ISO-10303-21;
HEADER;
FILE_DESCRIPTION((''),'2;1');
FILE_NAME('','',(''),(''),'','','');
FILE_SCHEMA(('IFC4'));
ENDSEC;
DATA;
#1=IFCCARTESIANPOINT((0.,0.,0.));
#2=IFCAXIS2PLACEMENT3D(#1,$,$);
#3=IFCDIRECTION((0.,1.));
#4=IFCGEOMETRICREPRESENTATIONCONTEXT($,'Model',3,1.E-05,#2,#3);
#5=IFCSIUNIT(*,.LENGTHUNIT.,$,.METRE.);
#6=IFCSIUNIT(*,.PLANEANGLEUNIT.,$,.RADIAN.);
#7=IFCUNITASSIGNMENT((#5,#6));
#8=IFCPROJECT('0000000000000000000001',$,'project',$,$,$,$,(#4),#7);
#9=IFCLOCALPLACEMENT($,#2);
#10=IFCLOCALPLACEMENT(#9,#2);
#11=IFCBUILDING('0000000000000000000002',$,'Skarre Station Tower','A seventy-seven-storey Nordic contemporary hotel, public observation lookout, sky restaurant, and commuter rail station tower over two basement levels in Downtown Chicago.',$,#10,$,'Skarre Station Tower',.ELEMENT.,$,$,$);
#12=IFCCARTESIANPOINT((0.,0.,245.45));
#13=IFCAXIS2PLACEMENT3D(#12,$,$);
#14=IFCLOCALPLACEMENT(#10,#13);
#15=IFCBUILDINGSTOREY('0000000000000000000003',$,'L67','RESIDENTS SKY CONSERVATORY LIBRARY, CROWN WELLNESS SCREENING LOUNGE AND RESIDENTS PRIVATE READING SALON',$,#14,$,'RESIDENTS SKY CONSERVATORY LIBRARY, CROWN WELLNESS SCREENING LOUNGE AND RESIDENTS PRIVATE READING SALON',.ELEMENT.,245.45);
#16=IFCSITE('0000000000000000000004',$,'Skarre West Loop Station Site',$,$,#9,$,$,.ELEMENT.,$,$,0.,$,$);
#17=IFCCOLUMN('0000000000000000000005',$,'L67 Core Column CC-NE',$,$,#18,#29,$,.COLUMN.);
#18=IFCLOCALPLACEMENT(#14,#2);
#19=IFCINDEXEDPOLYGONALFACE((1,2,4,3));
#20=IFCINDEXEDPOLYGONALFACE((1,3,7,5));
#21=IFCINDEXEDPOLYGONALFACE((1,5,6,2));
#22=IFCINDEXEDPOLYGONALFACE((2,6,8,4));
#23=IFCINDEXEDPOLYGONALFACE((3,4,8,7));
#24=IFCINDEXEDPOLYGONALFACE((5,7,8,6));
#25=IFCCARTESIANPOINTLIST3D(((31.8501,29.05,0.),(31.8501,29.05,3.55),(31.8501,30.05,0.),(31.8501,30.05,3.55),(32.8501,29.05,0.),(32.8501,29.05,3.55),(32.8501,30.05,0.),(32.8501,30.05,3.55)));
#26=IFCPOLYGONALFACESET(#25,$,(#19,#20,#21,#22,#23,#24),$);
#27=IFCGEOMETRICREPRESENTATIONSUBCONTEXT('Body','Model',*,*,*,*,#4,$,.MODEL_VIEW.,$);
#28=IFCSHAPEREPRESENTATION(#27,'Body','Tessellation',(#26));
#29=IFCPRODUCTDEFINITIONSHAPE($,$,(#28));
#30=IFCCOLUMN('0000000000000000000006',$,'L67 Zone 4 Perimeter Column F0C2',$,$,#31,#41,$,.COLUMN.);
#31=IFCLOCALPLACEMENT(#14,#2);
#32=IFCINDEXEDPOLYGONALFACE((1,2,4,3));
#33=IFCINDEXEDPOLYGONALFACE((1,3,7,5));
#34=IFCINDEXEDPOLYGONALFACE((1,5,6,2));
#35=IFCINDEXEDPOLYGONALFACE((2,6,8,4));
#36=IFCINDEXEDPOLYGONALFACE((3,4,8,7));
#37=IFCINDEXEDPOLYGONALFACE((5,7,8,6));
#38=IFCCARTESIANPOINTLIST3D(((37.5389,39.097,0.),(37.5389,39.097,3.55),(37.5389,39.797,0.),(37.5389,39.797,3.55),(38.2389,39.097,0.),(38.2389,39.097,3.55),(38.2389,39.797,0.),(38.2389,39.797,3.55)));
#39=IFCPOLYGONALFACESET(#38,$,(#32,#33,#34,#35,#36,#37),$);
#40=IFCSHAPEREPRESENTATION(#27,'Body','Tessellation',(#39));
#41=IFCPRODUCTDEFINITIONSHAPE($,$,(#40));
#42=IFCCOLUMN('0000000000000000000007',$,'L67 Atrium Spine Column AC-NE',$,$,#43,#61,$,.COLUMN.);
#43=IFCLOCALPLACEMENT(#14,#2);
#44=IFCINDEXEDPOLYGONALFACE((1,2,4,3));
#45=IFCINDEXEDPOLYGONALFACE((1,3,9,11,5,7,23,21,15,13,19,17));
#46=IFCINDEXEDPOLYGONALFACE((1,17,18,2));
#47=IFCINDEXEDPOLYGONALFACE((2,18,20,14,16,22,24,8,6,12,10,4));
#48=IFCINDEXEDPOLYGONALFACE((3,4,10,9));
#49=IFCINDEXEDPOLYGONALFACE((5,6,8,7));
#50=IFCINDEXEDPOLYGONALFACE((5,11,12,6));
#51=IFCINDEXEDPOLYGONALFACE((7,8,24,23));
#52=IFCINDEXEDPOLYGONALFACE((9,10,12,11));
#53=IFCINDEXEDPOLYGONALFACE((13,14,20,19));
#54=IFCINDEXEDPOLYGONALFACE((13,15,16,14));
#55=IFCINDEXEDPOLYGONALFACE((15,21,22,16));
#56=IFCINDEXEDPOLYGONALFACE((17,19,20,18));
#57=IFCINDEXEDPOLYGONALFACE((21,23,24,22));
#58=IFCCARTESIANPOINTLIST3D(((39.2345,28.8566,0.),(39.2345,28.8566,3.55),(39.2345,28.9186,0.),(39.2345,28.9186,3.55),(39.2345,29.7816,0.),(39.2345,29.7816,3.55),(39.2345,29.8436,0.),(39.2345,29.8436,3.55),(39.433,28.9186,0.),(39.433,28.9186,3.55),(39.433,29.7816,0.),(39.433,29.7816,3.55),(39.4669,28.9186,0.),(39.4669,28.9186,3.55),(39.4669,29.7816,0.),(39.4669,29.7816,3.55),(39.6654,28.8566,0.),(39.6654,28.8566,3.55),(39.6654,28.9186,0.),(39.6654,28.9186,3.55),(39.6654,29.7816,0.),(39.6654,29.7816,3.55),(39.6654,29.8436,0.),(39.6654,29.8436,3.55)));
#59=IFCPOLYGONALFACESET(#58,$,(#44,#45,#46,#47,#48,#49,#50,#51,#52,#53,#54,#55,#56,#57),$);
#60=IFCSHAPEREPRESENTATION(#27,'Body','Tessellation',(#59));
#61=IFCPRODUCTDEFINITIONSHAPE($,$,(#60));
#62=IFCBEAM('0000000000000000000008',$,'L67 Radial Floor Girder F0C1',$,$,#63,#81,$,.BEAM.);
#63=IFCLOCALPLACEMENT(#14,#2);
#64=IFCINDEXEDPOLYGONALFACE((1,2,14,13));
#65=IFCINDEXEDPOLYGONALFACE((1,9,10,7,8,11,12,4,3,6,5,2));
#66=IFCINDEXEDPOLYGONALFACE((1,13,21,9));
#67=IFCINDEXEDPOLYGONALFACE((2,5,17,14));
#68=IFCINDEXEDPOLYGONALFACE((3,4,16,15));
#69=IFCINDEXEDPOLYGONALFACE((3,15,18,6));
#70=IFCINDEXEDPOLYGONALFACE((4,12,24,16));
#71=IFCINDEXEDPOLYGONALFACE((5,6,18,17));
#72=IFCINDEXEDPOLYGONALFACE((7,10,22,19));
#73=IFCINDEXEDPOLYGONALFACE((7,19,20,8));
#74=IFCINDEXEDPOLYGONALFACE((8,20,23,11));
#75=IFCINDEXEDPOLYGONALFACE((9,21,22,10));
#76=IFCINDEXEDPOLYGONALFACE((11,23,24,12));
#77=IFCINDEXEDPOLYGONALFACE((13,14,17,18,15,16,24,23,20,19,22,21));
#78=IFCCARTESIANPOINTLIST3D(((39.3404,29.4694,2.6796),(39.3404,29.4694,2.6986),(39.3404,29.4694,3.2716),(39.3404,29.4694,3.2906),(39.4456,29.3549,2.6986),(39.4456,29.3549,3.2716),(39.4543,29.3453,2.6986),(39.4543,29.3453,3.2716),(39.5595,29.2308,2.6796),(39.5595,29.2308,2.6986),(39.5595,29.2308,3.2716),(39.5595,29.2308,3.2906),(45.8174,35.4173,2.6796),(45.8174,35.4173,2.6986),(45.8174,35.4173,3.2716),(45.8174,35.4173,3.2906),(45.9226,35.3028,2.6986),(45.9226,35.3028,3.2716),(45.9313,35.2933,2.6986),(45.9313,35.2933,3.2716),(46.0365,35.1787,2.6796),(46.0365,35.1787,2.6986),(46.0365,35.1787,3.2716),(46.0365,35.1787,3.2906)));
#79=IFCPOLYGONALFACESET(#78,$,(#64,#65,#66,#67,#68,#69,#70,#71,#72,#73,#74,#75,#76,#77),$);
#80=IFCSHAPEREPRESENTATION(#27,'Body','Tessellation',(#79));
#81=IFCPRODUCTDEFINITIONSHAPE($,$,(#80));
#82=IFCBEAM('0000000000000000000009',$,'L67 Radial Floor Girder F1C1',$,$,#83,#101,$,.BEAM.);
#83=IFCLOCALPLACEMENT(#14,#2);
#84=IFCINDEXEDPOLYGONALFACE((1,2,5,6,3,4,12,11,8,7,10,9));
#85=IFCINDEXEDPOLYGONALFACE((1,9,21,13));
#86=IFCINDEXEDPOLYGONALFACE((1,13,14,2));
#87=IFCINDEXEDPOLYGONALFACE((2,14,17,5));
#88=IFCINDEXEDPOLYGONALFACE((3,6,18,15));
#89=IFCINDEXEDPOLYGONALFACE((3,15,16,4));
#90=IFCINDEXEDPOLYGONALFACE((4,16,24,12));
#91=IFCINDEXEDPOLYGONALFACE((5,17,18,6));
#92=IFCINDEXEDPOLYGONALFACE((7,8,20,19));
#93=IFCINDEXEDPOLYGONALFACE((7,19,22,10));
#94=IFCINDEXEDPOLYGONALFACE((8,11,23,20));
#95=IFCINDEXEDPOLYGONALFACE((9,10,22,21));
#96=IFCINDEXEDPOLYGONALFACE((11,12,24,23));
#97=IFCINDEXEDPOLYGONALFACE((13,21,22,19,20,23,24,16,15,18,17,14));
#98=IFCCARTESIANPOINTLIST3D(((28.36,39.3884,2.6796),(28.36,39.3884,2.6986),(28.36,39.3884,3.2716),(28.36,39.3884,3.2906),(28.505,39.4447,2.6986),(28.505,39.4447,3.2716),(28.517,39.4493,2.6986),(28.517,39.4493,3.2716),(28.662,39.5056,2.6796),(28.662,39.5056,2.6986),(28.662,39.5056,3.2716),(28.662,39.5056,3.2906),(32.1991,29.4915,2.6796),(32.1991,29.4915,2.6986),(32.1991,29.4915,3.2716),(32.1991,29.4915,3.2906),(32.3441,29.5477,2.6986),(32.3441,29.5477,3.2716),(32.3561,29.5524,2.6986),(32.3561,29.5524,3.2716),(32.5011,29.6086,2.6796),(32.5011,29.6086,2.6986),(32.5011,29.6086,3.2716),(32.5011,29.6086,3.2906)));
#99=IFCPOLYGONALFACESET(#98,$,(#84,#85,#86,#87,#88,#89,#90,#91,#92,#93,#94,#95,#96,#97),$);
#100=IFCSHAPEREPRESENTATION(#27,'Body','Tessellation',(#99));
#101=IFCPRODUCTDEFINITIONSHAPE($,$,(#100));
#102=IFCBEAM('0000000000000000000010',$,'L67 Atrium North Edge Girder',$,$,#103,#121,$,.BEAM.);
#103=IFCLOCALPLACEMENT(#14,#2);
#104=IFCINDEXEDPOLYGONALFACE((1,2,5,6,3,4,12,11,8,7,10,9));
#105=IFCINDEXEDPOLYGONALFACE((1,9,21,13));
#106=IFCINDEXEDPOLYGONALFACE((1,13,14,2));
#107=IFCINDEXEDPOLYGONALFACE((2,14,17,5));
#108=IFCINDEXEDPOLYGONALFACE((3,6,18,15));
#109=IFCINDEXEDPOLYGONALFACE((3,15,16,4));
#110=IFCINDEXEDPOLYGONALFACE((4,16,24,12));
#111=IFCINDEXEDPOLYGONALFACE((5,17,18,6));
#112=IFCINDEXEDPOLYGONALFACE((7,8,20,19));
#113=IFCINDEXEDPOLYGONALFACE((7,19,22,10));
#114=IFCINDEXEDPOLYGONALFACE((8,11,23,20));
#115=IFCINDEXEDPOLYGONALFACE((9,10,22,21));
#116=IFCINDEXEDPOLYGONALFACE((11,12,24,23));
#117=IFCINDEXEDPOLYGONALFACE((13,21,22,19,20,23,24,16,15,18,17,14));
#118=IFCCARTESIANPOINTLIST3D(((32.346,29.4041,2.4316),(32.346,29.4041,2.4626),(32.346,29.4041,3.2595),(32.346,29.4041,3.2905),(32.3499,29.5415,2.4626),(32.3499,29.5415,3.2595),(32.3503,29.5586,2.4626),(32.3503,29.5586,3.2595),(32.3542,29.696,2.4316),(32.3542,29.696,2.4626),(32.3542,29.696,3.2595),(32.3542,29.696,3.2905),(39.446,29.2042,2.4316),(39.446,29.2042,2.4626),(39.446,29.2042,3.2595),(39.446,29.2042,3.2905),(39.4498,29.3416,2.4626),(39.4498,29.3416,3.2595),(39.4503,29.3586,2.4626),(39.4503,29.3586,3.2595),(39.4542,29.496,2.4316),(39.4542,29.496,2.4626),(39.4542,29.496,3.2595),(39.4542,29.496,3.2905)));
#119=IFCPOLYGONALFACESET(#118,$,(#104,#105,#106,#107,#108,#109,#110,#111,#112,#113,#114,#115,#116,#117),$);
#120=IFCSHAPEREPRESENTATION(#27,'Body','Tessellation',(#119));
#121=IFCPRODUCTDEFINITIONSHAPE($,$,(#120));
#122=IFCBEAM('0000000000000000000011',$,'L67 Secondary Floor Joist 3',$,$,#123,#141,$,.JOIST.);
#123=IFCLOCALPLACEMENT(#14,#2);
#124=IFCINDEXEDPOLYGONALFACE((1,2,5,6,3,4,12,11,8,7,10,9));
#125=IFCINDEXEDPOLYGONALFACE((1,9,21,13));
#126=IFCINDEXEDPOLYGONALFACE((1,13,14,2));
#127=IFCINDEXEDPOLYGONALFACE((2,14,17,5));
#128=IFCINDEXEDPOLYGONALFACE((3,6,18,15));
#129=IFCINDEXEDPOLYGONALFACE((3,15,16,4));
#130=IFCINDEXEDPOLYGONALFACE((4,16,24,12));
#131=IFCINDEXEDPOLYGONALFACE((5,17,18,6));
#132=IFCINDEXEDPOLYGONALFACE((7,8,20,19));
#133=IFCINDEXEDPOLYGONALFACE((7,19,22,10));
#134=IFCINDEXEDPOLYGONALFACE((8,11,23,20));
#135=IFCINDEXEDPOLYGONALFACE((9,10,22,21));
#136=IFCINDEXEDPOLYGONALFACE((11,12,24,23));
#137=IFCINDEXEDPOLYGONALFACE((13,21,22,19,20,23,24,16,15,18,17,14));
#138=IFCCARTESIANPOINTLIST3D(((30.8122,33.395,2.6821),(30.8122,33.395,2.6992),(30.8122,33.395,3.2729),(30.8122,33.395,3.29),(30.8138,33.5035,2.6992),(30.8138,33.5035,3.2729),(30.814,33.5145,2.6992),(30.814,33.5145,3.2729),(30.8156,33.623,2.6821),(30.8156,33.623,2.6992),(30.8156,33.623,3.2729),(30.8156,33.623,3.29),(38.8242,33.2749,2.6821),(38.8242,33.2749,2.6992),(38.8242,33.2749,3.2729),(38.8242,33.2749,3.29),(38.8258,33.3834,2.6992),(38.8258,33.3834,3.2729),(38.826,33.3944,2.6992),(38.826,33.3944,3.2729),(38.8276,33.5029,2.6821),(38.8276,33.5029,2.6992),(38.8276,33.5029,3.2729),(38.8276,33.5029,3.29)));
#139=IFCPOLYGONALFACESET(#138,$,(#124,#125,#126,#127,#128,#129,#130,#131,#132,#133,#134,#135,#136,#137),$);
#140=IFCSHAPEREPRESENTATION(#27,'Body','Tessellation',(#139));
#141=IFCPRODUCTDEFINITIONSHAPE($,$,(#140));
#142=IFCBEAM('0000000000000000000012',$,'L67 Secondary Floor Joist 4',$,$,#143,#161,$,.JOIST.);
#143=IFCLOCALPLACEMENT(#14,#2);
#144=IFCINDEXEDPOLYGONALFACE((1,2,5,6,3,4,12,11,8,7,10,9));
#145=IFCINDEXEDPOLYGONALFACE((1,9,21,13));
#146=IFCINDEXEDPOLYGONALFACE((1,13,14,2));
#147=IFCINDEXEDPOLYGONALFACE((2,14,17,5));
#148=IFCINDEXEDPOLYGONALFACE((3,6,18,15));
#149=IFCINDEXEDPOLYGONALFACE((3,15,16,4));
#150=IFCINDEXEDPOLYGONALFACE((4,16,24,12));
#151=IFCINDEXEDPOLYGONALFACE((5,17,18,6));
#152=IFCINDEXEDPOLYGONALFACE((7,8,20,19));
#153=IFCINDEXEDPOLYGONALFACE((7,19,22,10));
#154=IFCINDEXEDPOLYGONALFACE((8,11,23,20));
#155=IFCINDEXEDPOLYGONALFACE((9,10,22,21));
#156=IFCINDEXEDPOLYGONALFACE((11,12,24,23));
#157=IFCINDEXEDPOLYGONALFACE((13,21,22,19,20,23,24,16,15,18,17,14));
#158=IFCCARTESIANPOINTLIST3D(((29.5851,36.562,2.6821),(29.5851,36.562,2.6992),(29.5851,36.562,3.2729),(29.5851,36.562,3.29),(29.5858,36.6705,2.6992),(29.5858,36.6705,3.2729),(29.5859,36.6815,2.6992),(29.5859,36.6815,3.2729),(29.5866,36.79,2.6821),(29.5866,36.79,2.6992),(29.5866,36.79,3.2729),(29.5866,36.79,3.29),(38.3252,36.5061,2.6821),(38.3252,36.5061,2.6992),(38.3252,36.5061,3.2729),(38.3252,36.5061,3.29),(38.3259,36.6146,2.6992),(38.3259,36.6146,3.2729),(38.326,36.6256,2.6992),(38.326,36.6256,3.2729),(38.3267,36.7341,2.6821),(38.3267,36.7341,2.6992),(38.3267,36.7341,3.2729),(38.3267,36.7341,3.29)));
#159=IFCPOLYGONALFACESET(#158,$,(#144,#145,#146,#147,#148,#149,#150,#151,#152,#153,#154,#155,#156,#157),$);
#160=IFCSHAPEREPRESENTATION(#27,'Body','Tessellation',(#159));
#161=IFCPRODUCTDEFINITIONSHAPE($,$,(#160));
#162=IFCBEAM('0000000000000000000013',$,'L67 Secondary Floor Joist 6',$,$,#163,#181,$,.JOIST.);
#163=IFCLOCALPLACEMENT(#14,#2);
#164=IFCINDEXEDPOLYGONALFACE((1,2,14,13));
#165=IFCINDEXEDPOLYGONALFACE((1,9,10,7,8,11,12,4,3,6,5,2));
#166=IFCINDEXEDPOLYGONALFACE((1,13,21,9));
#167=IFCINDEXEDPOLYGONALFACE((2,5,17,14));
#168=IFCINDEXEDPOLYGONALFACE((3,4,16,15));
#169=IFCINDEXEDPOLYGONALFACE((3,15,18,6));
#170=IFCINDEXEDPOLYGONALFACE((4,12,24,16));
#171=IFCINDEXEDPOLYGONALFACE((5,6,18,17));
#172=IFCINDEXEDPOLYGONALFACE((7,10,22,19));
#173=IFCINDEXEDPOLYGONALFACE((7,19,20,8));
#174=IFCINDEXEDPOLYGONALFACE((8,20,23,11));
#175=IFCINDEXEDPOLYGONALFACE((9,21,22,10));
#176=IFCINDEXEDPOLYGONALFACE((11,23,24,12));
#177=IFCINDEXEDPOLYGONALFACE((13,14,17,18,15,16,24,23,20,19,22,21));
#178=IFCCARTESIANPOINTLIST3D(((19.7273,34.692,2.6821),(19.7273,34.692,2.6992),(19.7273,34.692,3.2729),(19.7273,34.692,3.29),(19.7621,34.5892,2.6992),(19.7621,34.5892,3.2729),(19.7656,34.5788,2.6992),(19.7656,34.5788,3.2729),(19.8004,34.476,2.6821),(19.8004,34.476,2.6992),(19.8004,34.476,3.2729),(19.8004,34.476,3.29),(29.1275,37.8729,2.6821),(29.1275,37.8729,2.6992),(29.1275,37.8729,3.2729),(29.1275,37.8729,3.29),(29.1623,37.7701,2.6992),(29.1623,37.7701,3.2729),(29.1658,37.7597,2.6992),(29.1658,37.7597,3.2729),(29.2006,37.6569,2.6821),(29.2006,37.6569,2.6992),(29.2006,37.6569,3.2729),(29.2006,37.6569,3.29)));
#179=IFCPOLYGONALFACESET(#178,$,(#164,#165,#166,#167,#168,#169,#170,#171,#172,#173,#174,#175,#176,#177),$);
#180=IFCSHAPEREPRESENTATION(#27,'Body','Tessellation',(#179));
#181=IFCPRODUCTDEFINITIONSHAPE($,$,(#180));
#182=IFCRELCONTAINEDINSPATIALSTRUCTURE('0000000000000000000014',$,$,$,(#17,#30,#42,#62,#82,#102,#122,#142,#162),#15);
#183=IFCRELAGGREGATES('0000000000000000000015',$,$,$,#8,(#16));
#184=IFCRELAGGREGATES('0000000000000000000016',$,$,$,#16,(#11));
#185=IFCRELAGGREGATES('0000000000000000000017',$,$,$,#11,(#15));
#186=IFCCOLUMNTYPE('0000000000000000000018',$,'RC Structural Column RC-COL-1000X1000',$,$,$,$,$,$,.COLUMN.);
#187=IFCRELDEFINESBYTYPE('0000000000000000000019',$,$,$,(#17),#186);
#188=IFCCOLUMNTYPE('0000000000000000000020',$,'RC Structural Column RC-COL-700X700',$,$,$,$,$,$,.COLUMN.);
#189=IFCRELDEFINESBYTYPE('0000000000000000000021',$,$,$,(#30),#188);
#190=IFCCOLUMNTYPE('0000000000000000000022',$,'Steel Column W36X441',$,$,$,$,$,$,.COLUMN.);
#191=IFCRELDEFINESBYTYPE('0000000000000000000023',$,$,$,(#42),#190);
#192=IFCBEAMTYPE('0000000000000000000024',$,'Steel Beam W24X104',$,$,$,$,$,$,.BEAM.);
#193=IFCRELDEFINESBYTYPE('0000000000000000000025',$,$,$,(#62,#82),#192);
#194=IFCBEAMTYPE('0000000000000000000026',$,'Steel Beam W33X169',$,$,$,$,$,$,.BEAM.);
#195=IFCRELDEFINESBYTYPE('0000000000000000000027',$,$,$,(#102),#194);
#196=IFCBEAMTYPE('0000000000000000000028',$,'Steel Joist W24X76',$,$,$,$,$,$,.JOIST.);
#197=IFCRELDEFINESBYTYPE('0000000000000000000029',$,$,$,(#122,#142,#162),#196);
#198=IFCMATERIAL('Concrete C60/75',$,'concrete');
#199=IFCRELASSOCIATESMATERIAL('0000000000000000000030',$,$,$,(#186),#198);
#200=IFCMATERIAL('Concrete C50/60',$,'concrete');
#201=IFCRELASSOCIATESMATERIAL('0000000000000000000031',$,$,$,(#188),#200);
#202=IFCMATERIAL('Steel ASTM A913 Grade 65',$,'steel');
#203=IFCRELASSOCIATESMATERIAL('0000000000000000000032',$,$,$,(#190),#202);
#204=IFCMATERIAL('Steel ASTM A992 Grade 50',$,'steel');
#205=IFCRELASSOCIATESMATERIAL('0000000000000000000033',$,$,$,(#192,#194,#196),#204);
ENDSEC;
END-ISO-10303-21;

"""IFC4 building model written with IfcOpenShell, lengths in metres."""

from ifc_helpers import new_model, si_unit, direction, frame, origin, origin_2d, place, context, subcontext, project, spatial, rectangle, i_section, extrude, material, material_profile, profile_set, type_object, element, save


model = new_model("IFC4")

# Units and contexts
model_context = context("Model", 3, precision=1e-05, world=origin(), true_north=direction((0.0, 1.0)))
body_context = subcontext(model_context, "Body", "Model", "MODEL_VIEW")
ifc_project = project(units=[si_unit("LENGTHUNIT", "METRE"), si_unit("PLANEANGLEUNIT", "RADIAN")], contexts=[model_context])

# Site, building, storey
site_placement = place(None, origin())
site = spatial("IfcSite", under=ifc_project, at=site_placement, Name="Skarre West Loop Station Site", CompositionType="ELEMENT", RefElevation=0.0)
building_placement = place(site_placement, origin())
building = spatial("IfcBuilding", under=site, at=building_placement, Name="Skarre Station Tower", Description="A seventy-seven-storey Nordic contemporary hotel, public observation lookout, sky restaurant, and commuter rail station tower over two basement levels in Downtown Chicago.", LongName="Skarre Station Tower", CompositionType="ELEMENT")
storey_placement = place(building_placement, frame((0.0, 0.0, 245.45)))
storey = spatial("IfcBuildingStorey", under=building, at=storey_placement, Name="L67", Description="RESIDENTS SKY CONSERVATORY LIBRARY, CROWN WELLNESS SCREENING LOUNGE AND RESIDENTS PRIVATE READING SALON", LongName="RESIDENTS SKY CONSERVATORY LIBRARY, CROWN WELLNESS SCREENING LOUNGE AND RESIDENTS PRIVATE READING SALON", CompositionType="ELEMENT", Elevation=245.45)

# Columns
ifc_material_1 = material(Name="Concrete C60/75", Category="concrete")
ifc_material_profile_1 = material_profile(ifc_material_1, rectangle(XDim=1.0, YDim=1.0, at=origin_2d()), Name="Concrete C60/75")
ifc_profile_set_1 = profile_set([ifc_material_profile_1], Name="Concrete C60/75")
column_type_1 = type_object("IfcColumnType", Name="RC Structural Column RC-COL-1000X1000", PredefinedType="COLUMN", material=ifc_profile_set_1)
column_1_placement = place(storey_placement, frame((32.3501, 29.55, 0.0), z_axis=(0.0, 0.0, 1.0), x_axis=(1.0, 0.0, 0.0)))
element("IfcColumn", 1, at=column_1_placement, inside=storey, type_object=column_type_1, Name="L67 Core Column CC-NE", PredefinedType="COLUMN", context=body_context, shape_type="SweptSolid", body=[
    extrude(rectangle(XDim=1.0, YDim=1.0, at=origin_2d()), origin(), (0.0, 0.0, 1.0), 3.55),
])
ifc_material_2 = material(Name="Concrete C50/60", Category="concrete")
ifc_material_profile_2 = material_profile(ifc_material_2, rectangle(XDim=0.7, YDim=0.7, at=origin_2d()), Name="Concrete C50/60")
ifc_profile_set_2 = profile_set([ifc_material_profile_2], Name="Concrete C50/60")
column_type_2 = type_object("IfcColumnType", Name="RC Structural Column RC-COL-700X700", PredefinedType="COLUMN", material=ifc_profile_set_2)
column_2_placement = place(storey_placement, frame((37.8889, 39.447, 0.0), z_axis=(0.0, 0.0, 1.0), x_axis=(1.0, 0.0, 0.0)))
element("IfcColumn", 2, at=column_2_placement, inside=storey, type_object=column_type_2, Name="L67 Zone 4 Perimeter Column F0C2", PredefinedType="COLUMN", context=body_context, shape_type="SweptSolid", body=[
    extrude(rectangle(XDim=0.7, YDim=0.7, at=origin_2d()), origin(), (0.0, 0.0, 1.0), 3.55),
])
ifc_material_3 = material(Name="Steel ASTM A913 Grade 65", Category="steel")
ifc_material_profile_3 = material_profile(ifc_material_3, i_section(OverallWidth=0.4309, OverallDepth=0.9871, WebThickness=0.0339, FlangeThickness=0.062, at=origin_2d()), Name="Steel ASTM A913 Grade 65")
ifc_profile_set_3 = profile_set([ifc_material_profile_3], Name="Steel ASTM A913 Grade 65")
column_type_3 = type_object("IfcColumnType", Name="Steel Column W36X441", PredefinedType="COLUMN", material=ifc_profile_set_3)
column_3_placement = place(storey_placement, frame((39.45, 29.3501, 0.0), z_axis=(0.0, 0.0, 1.0), x_axis=(1.0, 0.0, 0.0)))
element("IfcColumn", 3, at=column_3_placement, inside=storey, type_object=column_type_3, Name="L67 Atrium Spine Column AC-NE", PredefinedType="COLUMN", context=body_context, shape_type="SweptSolid", body=[
    extrude(i_section(OverallWidth=0.4309, OverallDepth=0.9871, WebThickness=0.0339, FlangeThickness=0.062, at=origin_2d()), origin(), (0.0, 0.0, 1.0), 3.55),
])

# Beams
ifc_material_4 = material(Name="Steel ASTM A992 Grade 50", Category="steel")
ifc_material_profile_4 = material_profile(ifc_material_4, i_section(OverallWidth=0.324, OverallDepth=0.6111, WebThickness=0.0129, FlangeThickness=0.019, at=origin_2d()), Name="Steel ASTM A992 Grade 50")
ifc_profile_set_4 = profile_set([ifc_material_profile_4], Name="Steel ASTM A992 Grade 50")
beam_type_1 = type_object("IfcBeamType", Name="Steel Beam W24X104", PredefinedType="BEAM", material=ifc_profile_set_4)
beam_1_placement = place(storey_placement, frame((39.45, 29.3501, 2.9851), z_axis=(0.736548, 0.676386, 0.0), x_axis=(-0.676386, 0.736548, 0.0)))
element("IfcBeam", 4, at=beam_1_placement, inside=storey, type_object=beam_type_1, Name="L67 Radial Floor Girder F0C1", PredefinedType="BEAM", context=body_context, shape_type="SweptSolid", body=[
    extrude(i_section(OverallWidth=0.324, OverallDepth=0.6111, WebThickness=0.0129, FlangeThickness=0.019, at=origin_2d()), origin(), (0.0, 0.0, 1.0), 8.7937),
])
beam_2_placement = place(storey_placement, frame((32.3501, 29.55, 2.9851), z_axis=(-0.361651, 0.932313, 0.0), x_axis=(-0.932313, -0.361651, 0.0)))
element("IfcBeam", 5, at=beam_2_placement, inside=storey, type_object=beam_type_1, Name="L67 Radial Floor Girder F1C1", PredefinedType="BEAM", context=body_context, shape_type="SweptSolid", body=[
    extrude(i_section(OverallWidth=0.324, OverallDepth=0.6111, WebThickness=0.0129, FlangeThickness=0.019, at=origin_2d()), origin(), (0.0, 0.0, 1.0), 10.6155),
])
ifc_material_profile_5 = material_profile(ifc_material_4, i_section(OverallWidth=0.292, OverallDepth=0.8589, WebThickness=0.0171, FlangeThickness=0.031, at=origin_2d()), Name="Steel ASTM A992 Grade 50")
ifc_profile_set_5 = profile_set([ifc_material_profile_5], Name="Steel ASTM A992 Grade 50")
beam_type_2 = type_object("IfcBeamType", Name="Steel Beam W33X169", PredefinedType="BEAM", material=ifc_profile_set_5)
beam_3_placement = place(storey_placement, frame((32.3501, 29.55, 2.8611), z_axis=(0.999604, -0.028152, 0.0), x_axis=(0.028152, 0.999604, 0.0)))
element("IfcBeam", 6, at=beam_3_placement, inside=storey, type_object=beam_type_2, Name="L67 Atrium North Edge Girder", PredefinedType="BEAM", context=body_context, shape_type="SweptSolid", body=[
    extrude(i_section(OverallWidth=0.292, OverallDepth=0.8589, WebThickness=0.0171, FlangeThickness=0.031, at=origin_2d()), origin(), (0.0, 0.0, 1.0), 7.1028),
])
ifc_material_profile_6 = material_profile(ifc_material_4, i_section(OverallWidth=0.228, OverallDepth=0.6079, WebThickness=0.011, FlangeThickness=0.0171, at=origin_2d()), Name="Steel ASTM A992 Grade 50")
ifc_profile_set_6 = profile_set([ifc_material_profile_6], Name="Steel ASTM A992 Grade 50")
beam_type_3 = type_object("IfcBeamType", Name="Steel Joist W24X76", PredefinedType="JOIST", material=ifc_profile_set_6)
beam_4_placement = place(storey_placement, frame((38.8259, 33.3889, 2.9861), z_axis=(-0.999888, 0.014991, 0.0), x_axis=(-0.014991, -0.999888, 0.0)))
element("IfcBeam", 7, at=beam_4_placement, inside=storey, type_object=beam_type_3, Name="L67 Secondary Floor Joist 3", PredefinedType="JOIST", context=body_context, shape_type="SweptSolid", body=[
    extrude(i_section(OverallWidth=0.228, OverallDepth=0.6079, WebThickness=0.011, FlangeThickness=0.0171, at=origin_2d()), origin(), (0.0, 0.0, 1.0), 8.0129),
])
beam_5_placement = place(storey_placement, frame((38.3259, 36.6201, 2.9861), z_axis=(-0.99998, 0.006397, 0.0), x_axis=(-0.006397, -0.99998, 0.0)))
element("IfcBeam", 8, at=beam_5_placement, inside=storey, type_object=beam_type_3, Name="L67 Secondary Floor Joist 4", PredefinedType="JOIST", context=body_context, shape_type="SweptSolid", body=[
    extrude(i_section(OverallWidth=0.228, OverallDepth=0.6079, WebThickness=0.011, FlangeThickness=0.0171, at=origin_2d()), origin(), (0.0, 0.0, 1.0), 8.7402),
])
beam_6_placement = place(storey_placement, frame((29.1641, 37.7649, 2.9861), z_axis=(-0.947237, -0.320535, 0.0), x_axis=(0.320535, -0.947237, 0.0)))
element("IfcBeam", 9, at=beam_6_placement, inside=storey, type_object=beam_type_3, Name="L67 Secondary Floor Joist 6", PredefinedType="JOIST", context=body_context, shape_type="SweptSolid", body=[
    extrude(i_section(OverallWidth=0.228, OverallDepth=0.6079, WebThickness=0.011, FlangeThickness=0.0171, at=origin_2d()), origin(), (0.0, 0.0, 1.0), 9.9238),
])

save(model, "model.ifc")
